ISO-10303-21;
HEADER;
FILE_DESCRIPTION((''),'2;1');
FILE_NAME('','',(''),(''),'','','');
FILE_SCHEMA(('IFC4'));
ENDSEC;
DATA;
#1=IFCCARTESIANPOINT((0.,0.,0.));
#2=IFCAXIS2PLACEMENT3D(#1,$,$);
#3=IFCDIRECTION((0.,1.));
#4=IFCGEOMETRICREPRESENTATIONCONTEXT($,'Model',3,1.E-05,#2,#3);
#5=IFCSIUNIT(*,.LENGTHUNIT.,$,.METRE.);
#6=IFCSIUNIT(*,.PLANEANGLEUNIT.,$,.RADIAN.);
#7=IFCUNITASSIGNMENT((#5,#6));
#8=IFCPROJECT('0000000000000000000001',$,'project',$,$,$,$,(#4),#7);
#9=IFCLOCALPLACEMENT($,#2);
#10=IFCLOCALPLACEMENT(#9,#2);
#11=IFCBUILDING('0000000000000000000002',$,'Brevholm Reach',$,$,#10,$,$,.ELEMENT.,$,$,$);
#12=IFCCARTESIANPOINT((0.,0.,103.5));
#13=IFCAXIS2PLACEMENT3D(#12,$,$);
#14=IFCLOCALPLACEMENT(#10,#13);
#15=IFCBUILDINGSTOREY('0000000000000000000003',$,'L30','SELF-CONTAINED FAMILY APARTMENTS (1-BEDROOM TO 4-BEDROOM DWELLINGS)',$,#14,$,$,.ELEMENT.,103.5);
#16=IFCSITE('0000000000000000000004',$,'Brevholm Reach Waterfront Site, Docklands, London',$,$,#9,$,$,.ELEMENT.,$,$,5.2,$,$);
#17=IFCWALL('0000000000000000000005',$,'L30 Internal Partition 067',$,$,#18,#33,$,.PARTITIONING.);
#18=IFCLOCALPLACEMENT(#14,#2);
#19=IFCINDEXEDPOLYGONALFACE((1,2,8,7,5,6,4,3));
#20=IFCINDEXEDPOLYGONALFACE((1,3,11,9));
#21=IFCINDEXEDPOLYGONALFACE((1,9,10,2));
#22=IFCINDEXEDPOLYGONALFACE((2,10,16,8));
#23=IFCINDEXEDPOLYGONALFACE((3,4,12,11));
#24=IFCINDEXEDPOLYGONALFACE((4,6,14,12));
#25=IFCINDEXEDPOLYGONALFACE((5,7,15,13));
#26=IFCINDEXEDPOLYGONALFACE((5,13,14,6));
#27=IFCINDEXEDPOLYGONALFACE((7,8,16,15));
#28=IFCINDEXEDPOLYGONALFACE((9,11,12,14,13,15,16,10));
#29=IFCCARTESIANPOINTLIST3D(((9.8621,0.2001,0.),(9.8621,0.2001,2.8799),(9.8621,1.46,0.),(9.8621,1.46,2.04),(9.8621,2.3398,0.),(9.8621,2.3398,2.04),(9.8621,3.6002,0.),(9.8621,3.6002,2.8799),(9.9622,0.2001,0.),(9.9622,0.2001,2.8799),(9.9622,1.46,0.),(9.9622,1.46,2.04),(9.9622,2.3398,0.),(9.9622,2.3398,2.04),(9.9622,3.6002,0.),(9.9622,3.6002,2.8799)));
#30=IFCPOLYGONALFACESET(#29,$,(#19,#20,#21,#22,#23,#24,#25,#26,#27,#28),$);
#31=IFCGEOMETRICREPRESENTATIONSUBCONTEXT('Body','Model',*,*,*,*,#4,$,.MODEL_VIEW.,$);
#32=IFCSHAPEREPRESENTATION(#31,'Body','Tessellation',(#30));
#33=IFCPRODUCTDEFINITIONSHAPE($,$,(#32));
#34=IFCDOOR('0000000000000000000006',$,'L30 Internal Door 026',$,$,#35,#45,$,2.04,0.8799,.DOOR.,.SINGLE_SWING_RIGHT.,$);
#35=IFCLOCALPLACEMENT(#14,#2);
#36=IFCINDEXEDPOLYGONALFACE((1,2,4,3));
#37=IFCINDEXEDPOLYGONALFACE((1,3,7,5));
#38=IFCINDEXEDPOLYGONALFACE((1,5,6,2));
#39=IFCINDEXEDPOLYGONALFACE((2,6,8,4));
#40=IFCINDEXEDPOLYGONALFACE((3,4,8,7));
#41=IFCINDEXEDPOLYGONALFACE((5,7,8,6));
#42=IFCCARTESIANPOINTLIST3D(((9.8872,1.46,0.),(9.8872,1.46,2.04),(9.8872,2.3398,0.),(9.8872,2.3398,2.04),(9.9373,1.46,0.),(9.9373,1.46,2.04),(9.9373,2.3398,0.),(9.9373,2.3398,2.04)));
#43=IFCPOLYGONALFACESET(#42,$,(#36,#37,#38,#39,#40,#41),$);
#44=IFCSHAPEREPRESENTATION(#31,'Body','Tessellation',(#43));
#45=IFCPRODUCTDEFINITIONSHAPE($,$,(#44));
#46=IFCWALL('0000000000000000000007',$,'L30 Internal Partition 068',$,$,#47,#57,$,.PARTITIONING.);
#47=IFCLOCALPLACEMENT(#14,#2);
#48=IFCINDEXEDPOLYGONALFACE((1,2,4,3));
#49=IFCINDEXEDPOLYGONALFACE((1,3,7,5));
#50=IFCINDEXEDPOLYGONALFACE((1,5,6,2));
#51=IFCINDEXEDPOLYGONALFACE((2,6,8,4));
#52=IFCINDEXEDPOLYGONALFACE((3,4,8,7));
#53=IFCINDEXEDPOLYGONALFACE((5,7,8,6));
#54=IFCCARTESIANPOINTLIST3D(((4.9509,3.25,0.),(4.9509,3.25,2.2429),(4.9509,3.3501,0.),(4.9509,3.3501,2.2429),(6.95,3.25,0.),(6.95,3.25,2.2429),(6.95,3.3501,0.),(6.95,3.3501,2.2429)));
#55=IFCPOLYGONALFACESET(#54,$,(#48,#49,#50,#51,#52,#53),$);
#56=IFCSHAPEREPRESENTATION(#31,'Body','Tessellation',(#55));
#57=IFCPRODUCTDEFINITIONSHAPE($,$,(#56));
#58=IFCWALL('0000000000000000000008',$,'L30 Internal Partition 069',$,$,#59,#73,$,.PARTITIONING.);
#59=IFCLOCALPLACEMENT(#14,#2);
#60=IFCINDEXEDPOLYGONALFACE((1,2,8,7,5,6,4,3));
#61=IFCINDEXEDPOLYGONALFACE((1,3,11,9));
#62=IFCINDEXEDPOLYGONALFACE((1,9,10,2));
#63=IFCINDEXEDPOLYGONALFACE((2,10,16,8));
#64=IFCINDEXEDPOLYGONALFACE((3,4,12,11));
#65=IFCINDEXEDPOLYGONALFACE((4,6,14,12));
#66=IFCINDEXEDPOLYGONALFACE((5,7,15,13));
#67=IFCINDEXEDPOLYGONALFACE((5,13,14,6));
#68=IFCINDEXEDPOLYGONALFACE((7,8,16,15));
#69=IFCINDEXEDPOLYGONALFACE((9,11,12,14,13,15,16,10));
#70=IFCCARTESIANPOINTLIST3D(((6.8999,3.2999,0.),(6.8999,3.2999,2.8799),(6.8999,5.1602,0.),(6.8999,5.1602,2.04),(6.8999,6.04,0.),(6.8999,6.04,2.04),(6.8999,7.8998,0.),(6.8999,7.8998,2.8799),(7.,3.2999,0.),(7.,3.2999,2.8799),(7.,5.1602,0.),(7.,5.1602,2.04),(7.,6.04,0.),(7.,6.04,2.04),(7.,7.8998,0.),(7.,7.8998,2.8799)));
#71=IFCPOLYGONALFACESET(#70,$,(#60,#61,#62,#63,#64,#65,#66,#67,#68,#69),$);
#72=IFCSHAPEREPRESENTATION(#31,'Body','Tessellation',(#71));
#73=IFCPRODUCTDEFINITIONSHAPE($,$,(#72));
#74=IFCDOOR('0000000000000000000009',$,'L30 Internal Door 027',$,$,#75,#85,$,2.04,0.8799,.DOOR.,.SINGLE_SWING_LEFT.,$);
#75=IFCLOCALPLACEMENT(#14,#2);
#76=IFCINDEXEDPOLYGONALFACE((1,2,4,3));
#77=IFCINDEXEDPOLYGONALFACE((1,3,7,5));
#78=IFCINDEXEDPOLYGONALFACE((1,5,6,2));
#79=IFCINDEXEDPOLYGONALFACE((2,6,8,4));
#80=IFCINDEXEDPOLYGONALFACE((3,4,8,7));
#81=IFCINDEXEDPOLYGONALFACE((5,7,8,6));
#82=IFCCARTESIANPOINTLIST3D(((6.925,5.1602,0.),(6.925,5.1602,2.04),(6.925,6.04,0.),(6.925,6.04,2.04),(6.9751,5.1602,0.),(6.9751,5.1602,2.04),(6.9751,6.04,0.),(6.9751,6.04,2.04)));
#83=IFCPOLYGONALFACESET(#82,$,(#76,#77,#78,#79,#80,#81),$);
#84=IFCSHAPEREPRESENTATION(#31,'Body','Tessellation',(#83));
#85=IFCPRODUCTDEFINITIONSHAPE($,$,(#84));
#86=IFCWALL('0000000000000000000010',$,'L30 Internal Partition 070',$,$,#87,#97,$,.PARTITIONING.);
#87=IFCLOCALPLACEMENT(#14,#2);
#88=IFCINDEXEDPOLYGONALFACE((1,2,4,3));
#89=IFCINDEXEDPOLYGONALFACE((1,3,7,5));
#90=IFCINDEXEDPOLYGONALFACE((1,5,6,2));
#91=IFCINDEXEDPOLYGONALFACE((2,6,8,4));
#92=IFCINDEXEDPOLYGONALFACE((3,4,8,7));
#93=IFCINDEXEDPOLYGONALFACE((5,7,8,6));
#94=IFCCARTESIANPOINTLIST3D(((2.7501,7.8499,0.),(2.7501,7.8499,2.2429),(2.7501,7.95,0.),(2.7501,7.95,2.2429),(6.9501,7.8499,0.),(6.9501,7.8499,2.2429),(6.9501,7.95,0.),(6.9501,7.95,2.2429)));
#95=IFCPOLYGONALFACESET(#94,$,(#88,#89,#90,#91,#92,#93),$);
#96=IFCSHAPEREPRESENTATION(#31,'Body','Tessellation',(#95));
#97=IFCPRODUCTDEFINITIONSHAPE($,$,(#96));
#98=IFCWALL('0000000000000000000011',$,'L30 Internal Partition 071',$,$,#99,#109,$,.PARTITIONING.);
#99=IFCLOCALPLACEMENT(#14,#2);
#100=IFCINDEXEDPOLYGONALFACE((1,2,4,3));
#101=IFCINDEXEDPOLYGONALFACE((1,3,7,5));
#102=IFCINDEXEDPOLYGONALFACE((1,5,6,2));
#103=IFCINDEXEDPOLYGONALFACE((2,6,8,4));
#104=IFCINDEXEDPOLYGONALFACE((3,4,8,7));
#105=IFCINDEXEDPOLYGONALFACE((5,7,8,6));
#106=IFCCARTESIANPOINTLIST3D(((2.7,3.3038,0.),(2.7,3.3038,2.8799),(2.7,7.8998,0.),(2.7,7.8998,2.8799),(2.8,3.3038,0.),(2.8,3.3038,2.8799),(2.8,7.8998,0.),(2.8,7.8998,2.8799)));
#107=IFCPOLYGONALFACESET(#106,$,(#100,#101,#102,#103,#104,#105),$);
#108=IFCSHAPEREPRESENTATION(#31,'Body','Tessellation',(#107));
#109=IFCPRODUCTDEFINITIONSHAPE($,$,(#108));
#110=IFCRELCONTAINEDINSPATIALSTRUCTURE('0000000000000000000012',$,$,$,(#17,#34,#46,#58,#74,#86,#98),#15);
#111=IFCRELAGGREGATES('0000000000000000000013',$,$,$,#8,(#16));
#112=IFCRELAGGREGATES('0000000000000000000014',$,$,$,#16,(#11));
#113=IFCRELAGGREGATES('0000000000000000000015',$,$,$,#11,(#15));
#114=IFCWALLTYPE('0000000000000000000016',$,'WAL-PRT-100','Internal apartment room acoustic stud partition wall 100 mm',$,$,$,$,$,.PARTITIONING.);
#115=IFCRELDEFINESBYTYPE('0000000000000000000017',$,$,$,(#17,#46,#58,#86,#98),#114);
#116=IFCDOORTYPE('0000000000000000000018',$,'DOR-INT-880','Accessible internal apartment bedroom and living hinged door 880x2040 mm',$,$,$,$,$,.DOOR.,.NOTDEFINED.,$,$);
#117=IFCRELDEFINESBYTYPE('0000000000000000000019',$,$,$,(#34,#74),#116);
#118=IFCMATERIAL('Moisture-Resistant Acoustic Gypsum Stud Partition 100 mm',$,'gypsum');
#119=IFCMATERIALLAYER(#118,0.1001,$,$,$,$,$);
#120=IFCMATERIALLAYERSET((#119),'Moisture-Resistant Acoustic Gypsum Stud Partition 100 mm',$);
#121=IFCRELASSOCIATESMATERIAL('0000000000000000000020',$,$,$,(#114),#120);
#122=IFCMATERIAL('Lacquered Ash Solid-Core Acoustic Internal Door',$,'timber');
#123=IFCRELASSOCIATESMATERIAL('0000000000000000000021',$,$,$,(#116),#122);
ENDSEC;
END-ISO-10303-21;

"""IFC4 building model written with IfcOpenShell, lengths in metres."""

from ifc_helpers import new_model, si_unit, direction, frame, frame_2d, origin, place, context, subcontext, project, spatial, rectangle, extrude, material, layer, layer_set, type_object, element, fill, save


model = new_model("IFC4")

# Units and contexts
model_context = context("Model", 3, precision=1e-05, world=origin(), true_north=direction((0.0, 1.0)))
body_context = subcontext(model_context, "Body", "Model", "MODEL_VIEW")
ifc_project = project(units=[si_unit("LENGTHUNIT", "METRE"), si_unit("PLANEANGLEUNIT", "RADIAN")], contexts=[model_context])

# Site, building, storey
site_placement = place(None, origin())
site = spatial("IfcSite", under=ifc_project, at=site_placement, Name="Brevholm Reach Waterfront Site, Docklands, London", CompositionType="ELEMENT", RefElevation=5.2)
building_placement = place(site_placement, origin())
building = spatial("IfcBuilding", under=site, at=building_placement, Name="Brevholm Reach", CompositionType="ELEMENT")
storey_placement = place(building_placement, frame((0.0, 0.0, 103.5)))
storey = spatial("IfcBuildingStorey", under=building, at=storey_placement, Name="L30", Description="SELF-CONTAINED FAMILY APARTMENTS (1-BEDROOM TO 4-BEDROOM DWELLINGS)", CompositionType="ELEMENT", Elevation=103.5)

# Shared definitions
ifc_material_1 = material(Name="Moisture-Resistant Acoustic Gypsum Stud Partition 100 mm", Category="gypsum")
ifc_layer_1 = layer(ifc_material_1, 0.1001)
ifc_layer_set_1 = layer_set([ifc_layer_1], Name="Moisture-Resistant Acoustic Gypsum Stud Partition 100 mm")
wall_type_1 = type_object("IfcWallType", Name="WAL-PRT-100", Description="Internal apartment room acoustic stud partition wall 100 mm", PredefinedType="PARTITIONING", material=ifc_layer_set_1)

# Wall, opening, door
wall_1_placement = place(storey_placement, frame((9.9121, 0.2, 0.0), z_axis=(0.0, 0.0, 1.0), x_axis=(0.0, 1.0, 0.0)))
wall_1 = element("IfcWall", 1, at=wall_1_placement, inside=storey, type_object=wall_type_1, Name="L30 Internal Partition 067", PredefinedType="PARTITIONING", context=body_context, shape_type="SweptSolid", body=[
    extrude(rectangle(XDim=3.4001, YDim=0.1001, at=frame_2d((1.7002, 0.0))), origin(), (0.0, 0.0, 1.0), 2.8799),
])
opening_1_placement = place(wall_1_placement, frame((1.26, 0.0, 0.0)))
opening_1 = element("IfcOpeningElement", 2, at=opening_1_placement, cuts=wall_1, PredefinedType="OPENING", context=body_context, shape_type="SweptSolid", body=[
    extrude(rectangle(XDim=0.8799, YDim=2.04, at=frame_2d((0.4399, 1.02))), frame((0.0, 0.0601, 0.0), z_axis=(0.0, -1.0, 0.0), x_axis=(1.0, 0.0, 0.0)), (0.0, 0.0, 1.0), 0.1201),
])
ifc_material_2 = material(Name="Lacquered Ash Solid-Core Acoustic Internal Door", Category="timber")
door_type_1 = type_object("IfcDoorType", Name="DOR-INT-880", Description="Accessible internal apartment bedroom and living hinged door 880x2040 mm", OperationType="NOTDEFINED", PredefinedType="DOOR", material=ifc_material_2)
door_1_placement = place(opening_1_placement, origin())
door_1 = element("IfcDoor", 3, at=door_1_placement, inside=storey, type_object=door_type_1, Name="L30 Internal Door 026", OperationType="SINGLE_SWING_RIGHT", OverallHeight=2.04, OverallWidth=0.8799, PredefinedType="DOOR", context=body_context, shape_type="SweptSolid", body=[
    extrude(rectangle(XDim=0.8799, YDim=2.04, at=frame_2d((0.4399, 1.02))), frame((0.0, 0.0249, 0.0), z_axis=(0.0, -1.0, 0.0), x_axis=(1.0, 0.0, 0.0)), (0.0, 0.0, 1.0), 0.05),
])
fill(opening_1, door_1)

# Wall
wall_2_placement = place(storey_placement, frame((4.9509, 3.3, 0.0), z_axis=(0.0, 0.0, 1.0), x_axis=(1.0, 0.0, 0.0)))
element("IfcWall", 4, at=wall_2_placement, inside=storey, type_object=wall_type_1, Name="L30 Internal Partition 068", PredefinedType="PARTITIONING", context=body_context, shape_type="SweptSolid", body=[
    extrude(rectangle(XDim=1.999, YDim=0.1001, at=frame_2d((0.9995, 0.0))), origin(), (0.0, 0.0, 1.0), 2.2429),
])

# Wall, opening, door
wall_3_placement = place(storey_placement, frame((6.95, 3.3, 0.0), z_axis=(0.0, 0.0, 1.0), x_axis=(0.0, 1.0, 0.0)))
wall_3 = element("IfcWall", 5, at=wall_3_placement, inside=storey, type_object=wall_type_1, Name="L30 Internal Partition 069", PredefinedType="PARTITIONING", context=body_context, shape_type="SweptSolid", body=[
    extrude(rectangle(XDim=4.5999, YDim=0.1001, at=frame_2d((2.2998, 0.0))), origin(), (0.0, 0.0, 1.0), 2.8799),
])
opening_2_placement = place(wall_3_placement, frame((1.8601, 0.0, 0.0)))
opening_2 = element("IfcOpeningElement", 6, at=opening_2_placement, cuts=wall_3, PredefinedType="OPENING", context=body_context, shape_type="SweptSolid", body=[
    extrude(rectangle(XDim=0.8799, YDim=2.04, at=frame_2d((0.4399, 1.02))), frame((0.0, 0.0601, 0.0), z_axis=(0.0, -1.0, 0.0), x_axis=(1.0, 0.0, 0.0)), (0.0, 0.0, 1.0), 0.1201),
])
door_2_placement = place(opening_2_placement, origin())
door_2 = element("IfcDoor", 7, at=door_2_placement, inside=storey, type_object=door_type_1, Name="L30 Internal Door 027", OperationType="SINGLE_SWING_LEFT", OverallHeight=2.04, OverallWidth=0.8799, PredefinedType="DOOR", context=body_context, shape_type="SweptSolid", body=[
    extrude(rectangle(XDim=0.8799, YDim=2.04, at=frame_2d((0.4399, 1.02))), frame((0.0, 0.0249, 0.0), z_axis=(0.0, -1.0, 0.0), x_axis=(1.0, 0.0, 0.0)), (0.0, 0.0, 1.0), 0.05),
])
fill(opening_2, door_2)

# Walls
wall_4_placement = place(storey_placement, frame((2.75, 7.8999, 0.0), z_axis=(0.0, 0.0, 1.0), x_axis=(1.0, 0.0, 0.0)))
element("IfcWall", 8, at=wall_4_placement, inside=storey, type_object=wall_type_1, Name="L30 Internal Partition 070", PredefinedType="PARTITIONING", context=body_context, shape_type="SweptSolid", body=[
    extrude(rectangle(XDim=4.2, YDim=0.1001, at=frame_2d((2.1001, 0.0))), origin(), (0.0, 0.0, 1.0), 2.2429),
])
wall_5_placement = place(storey_placement, frame((2.75, 3.304, 0.0), z_axis=(0.0, 0.0, 1.0), x_axis=(0.0, 1.0, 0.0)))
element("IfcWall", 9, at=wall_5_placement, inside=storey, type_object=wall_type_1, Name="L30 Internal Partition 071", PredefinedType="PARTITIONING", context=body_context, shape_type="SweptSolid", body=[
    extrude(rectangle(XDim=4.5959, YDim=0.1001, at=frame_2d((2.2979, 0.0))), origin(), (0.0, 0.0, 1.0), 2.8799),
])

save(model, "model.ifc")
